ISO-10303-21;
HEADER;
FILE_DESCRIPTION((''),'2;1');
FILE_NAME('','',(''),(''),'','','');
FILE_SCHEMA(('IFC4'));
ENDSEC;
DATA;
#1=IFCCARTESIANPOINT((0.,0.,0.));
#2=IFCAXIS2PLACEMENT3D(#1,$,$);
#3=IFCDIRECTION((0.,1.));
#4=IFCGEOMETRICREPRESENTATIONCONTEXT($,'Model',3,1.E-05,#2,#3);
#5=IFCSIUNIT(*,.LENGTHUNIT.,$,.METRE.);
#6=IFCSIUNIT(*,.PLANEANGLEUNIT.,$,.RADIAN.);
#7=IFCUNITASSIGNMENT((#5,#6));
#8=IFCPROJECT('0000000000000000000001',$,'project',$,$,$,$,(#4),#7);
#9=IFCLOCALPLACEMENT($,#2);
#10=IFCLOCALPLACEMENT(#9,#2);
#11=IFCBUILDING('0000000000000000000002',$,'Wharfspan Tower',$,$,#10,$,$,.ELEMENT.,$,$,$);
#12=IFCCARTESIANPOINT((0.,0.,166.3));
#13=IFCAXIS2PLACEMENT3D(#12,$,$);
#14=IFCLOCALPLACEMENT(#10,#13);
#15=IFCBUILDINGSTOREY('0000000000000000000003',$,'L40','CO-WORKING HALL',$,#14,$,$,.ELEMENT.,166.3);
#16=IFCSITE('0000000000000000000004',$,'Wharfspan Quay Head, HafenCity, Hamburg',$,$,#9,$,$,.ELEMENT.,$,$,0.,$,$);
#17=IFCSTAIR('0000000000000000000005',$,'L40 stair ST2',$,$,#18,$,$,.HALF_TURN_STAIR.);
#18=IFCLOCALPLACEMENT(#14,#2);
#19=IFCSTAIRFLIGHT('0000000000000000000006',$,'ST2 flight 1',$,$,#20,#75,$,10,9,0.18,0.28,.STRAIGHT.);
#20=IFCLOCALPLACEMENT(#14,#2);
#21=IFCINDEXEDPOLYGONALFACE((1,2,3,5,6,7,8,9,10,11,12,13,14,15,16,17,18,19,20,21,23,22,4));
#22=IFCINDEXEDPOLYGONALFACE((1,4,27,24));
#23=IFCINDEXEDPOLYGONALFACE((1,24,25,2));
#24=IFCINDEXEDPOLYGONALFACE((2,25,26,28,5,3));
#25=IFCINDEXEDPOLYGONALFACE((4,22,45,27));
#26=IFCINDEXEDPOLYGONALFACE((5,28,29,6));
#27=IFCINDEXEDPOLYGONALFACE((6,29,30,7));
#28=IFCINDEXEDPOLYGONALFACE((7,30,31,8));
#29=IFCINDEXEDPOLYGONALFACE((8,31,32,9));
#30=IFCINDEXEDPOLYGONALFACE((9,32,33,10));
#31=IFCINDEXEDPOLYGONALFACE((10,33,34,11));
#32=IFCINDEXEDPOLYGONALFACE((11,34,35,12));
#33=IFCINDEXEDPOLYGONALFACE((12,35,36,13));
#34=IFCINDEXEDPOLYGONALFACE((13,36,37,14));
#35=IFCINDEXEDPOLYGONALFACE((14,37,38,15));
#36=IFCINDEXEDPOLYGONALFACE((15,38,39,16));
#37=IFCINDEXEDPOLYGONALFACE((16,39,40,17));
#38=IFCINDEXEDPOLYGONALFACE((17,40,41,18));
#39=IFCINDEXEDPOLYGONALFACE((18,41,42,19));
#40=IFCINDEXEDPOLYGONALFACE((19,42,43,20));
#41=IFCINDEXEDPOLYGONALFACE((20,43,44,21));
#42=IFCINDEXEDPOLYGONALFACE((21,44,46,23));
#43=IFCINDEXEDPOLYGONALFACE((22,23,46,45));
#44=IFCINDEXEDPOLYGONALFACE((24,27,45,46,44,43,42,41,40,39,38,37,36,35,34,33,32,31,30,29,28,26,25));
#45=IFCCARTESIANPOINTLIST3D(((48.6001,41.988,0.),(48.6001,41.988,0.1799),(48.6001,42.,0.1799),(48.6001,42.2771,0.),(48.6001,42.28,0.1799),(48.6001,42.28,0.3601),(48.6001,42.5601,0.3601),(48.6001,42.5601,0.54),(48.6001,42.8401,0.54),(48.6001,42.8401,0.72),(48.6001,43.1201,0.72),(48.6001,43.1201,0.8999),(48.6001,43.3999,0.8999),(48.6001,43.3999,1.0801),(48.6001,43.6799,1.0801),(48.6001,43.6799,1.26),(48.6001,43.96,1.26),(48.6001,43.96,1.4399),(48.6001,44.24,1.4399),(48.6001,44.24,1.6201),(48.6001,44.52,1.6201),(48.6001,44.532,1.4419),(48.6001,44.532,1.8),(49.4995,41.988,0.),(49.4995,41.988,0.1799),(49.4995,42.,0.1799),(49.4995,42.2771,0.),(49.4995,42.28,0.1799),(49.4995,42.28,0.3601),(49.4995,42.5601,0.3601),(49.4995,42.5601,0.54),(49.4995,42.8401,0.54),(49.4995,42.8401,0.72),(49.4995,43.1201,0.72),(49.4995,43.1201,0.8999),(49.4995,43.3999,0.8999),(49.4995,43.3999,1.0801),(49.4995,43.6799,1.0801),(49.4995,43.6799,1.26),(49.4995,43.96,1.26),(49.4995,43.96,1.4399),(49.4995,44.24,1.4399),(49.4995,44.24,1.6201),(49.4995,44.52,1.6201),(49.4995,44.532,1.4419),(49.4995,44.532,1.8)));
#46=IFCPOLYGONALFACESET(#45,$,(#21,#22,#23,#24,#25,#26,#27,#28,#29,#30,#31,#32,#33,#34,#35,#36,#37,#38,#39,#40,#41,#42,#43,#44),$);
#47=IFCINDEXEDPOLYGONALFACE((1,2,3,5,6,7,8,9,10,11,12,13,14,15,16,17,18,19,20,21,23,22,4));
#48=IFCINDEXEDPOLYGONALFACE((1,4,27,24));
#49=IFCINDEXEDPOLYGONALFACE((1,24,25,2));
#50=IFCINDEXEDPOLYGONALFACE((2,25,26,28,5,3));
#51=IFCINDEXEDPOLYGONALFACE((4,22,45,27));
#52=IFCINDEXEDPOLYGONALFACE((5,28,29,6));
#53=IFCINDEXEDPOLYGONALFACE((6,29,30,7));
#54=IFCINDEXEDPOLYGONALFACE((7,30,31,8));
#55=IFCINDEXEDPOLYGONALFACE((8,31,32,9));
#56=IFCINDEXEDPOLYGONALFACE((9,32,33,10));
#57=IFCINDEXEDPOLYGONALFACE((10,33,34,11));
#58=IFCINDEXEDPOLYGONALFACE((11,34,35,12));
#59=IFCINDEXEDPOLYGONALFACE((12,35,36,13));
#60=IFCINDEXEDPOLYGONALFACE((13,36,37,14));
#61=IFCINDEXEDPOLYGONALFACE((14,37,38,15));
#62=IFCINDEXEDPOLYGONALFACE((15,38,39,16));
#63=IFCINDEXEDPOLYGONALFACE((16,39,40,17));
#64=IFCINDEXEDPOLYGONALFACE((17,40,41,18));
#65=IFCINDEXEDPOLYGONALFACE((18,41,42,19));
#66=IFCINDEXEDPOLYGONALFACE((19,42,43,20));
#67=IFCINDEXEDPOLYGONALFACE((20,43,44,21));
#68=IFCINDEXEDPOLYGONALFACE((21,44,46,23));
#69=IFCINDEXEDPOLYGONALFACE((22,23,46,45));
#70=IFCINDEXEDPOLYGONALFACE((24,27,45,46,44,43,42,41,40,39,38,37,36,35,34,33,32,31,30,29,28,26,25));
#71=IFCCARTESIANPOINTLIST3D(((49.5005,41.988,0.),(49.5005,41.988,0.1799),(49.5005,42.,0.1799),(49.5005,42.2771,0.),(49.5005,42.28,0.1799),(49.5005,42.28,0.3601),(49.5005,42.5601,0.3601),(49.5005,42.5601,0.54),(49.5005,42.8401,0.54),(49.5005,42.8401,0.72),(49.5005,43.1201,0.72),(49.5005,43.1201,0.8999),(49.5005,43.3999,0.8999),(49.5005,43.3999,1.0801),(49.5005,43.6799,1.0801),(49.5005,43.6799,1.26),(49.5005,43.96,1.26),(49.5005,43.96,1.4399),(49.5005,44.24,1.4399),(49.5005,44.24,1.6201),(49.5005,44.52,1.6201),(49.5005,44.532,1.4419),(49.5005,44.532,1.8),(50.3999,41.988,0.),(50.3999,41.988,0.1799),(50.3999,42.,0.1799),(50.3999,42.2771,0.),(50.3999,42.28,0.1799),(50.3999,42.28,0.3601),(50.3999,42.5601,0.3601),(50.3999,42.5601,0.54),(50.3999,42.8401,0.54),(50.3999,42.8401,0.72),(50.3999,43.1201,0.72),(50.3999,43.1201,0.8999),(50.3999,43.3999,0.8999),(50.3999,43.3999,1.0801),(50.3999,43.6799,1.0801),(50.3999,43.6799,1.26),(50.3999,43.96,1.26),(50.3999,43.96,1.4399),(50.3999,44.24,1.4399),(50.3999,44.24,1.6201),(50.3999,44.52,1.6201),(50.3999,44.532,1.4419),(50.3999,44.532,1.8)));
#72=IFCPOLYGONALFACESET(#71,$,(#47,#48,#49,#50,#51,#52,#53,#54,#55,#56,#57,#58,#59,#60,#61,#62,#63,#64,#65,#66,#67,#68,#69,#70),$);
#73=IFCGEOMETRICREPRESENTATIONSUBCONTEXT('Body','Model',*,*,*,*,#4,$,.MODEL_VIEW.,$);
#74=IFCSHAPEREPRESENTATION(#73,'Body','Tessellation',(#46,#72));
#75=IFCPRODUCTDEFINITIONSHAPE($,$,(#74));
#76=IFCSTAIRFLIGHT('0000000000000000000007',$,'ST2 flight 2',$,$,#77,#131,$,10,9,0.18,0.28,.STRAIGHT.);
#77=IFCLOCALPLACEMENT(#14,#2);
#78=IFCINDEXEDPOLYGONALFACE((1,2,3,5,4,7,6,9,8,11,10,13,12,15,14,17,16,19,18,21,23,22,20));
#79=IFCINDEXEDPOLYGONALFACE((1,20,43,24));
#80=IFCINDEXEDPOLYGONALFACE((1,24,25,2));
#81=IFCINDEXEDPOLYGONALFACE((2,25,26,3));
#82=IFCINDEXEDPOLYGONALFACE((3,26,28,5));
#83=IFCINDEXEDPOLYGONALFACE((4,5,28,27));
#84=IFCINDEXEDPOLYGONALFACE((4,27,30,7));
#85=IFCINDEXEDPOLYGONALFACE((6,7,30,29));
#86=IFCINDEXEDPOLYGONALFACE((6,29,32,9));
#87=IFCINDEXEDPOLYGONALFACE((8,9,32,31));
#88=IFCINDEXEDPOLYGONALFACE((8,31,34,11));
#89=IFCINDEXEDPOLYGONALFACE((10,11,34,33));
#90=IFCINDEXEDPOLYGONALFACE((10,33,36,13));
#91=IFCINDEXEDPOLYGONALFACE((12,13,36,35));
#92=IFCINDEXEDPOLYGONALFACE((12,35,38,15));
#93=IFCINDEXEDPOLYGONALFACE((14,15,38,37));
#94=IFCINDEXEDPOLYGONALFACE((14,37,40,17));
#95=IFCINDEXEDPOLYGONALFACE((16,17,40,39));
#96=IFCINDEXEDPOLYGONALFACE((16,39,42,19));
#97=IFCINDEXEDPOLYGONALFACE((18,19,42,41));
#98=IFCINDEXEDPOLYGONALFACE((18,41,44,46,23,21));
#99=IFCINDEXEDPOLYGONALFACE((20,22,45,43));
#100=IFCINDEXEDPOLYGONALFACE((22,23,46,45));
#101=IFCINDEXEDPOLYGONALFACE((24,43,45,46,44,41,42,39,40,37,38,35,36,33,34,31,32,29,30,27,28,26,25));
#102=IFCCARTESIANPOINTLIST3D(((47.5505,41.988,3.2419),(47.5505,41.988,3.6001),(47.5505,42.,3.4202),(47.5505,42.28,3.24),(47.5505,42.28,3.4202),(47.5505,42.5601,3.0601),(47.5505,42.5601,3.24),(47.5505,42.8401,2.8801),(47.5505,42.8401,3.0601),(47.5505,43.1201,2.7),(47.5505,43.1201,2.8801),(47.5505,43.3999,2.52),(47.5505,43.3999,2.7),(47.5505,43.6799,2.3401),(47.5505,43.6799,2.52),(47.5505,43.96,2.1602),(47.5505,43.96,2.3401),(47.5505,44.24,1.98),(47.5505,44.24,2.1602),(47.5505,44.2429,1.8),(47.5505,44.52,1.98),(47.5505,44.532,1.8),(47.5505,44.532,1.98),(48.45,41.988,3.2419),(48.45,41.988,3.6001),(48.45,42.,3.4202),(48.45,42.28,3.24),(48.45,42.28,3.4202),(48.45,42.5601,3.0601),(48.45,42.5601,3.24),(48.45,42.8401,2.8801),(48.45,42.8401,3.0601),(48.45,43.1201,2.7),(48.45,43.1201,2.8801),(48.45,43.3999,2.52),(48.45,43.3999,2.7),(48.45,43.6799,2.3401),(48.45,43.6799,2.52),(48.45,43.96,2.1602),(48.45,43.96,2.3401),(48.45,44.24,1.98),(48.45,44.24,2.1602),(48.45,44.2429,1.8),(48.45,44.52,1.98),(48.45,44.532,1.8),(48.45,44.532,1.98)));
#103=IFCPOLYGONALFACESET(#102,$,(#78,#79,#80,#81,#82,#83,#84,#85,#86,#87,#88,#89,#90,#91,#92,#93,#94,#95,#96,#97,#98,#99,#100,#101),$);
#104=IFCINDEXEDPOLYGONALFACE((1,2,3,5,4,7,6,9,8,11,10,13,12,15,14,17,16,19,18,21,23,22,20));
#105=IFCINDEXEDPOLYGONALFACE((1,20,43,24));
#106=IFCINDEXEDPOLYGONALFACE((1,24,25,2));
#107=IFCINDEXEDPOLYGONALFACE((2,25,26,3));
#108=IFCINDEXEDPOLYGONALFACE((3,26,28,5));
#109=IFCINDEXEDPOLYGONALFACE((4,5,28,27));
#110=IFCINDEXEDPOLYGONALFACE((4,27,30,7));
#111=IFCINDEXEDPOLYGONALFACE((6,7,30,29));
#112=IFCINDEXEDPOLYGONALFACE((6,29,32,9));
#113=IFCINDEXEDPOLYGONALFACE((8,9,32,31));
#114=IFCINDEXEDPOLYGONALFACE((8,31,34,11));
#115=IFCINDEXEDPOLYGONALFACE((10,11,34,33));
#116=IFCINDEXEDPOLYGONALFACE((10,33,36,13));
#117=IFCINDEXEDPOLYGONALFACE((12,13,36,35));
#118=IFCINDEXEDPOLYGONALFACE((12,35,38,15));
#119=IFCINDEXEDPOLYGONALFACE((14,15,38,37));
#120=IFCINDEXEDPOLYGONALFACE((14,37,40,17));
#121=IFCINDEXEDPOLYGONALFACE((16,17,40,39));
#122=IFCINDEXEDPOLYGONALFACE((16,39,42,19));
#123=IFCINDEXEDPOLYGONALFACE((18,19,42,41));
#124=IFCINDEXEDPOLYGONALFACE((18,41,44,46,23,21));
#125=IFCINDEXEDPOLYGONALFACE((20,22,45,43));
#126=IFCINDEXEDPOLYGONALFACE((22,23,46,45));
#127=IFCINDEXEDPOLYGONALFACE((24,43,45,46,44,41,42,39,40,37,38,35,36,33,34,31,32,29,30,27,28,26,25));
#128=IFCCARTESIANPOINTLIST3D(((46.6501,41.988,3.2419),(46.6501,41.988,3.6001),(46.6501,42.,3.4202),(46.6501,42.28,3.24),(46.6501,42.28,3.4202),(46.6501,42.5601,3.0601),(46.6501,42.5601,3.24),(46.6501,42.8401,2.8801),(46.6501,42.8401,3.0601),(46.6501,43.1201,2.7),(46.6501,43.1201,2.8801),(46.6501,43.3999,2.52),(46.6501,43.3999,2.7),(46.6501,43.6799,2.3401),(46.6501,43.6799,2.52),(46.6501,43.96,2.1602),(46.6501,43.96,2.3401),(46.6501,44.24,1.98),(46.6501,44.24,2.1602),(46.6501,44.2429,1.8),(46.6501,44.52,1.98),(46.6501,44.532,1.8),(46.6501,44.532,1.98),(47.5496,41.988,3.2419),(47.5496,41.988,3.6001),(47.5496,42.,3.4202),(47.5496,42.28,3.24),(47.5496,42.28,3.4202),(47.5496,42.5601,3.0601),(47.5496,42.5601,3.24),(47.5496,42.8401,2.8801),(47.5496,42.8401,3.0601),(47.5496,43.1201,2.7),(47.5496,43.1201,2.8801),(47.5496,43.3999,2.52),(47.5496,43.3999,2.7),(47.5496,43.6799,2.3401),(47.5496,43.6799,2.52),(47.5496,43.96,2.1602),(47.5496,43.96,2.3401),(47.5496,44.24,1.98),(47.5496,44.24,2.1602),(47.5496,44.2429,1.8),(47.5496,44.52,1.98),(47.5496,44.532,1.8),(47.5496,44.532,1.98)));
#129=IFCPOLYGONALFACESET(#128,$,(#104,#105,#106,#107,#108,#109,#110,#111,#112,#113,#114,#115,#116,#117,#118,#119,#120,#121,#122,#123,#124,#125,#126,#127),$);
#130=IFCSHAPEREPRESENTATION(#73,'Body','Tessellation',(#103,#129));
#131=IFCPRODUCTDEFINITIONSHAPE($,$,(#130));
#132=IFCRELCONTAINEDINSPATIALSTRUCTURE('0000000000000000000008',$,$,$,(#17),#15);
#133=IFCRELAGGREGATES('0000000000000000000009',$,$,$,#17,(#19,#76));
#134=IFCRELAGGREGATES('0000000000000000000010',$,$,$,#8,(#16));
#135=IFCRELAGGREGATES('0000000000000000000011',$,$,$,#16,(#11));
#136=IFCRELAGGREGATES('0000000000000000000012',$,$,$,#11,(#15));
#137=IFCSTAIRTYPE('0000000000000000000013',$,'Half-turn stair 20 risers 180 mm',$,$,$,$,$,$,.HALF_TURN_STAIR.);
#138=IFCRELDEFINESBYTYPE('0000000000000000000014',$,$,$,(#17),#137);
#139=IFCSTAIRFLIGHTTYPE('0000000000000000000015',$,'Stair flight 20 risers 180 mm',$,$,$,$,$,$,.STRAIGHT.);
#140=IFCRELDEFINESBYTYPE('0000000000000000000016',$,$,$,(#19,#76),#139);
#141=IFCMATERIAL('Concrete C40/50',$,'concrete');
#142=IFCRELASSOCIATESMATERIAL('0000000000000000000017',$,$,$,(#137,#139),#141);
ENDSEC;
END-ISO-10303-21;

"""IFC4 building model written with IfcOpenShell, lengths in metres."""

from ifc_helpers import new_model, si_unit, direction, frame, origin, place, context, subcontext, project, spatial, polyline, outline, extrude, material, type_object, element, aggregate, save


model = new_model("IFC4")

# Units and contexts
model_context = context("Model", 3, precision=1e-05, world=origin(), true_north=direction((0.0, 1.0)))
body_context = subcontext(model_context, "Body", "Model", "MODEL_VIEW")
ifc_project = project(units=[si_unit("LENGTHUNIT", "METRE"), si_unit("PLANEANGLEUNIT", "RADIAN")], contexts=[model_context])

# Site, building, storey
site_placement = place(None, origin())
site = spatial("IfcSite", under=ifc_project, at=site_placement, Name="Wharfspan Quay Head, HafenCity, Hamburg", CompositionType="ELEMENT", RefElevation=0.0)
building_placement = place(site_placement, origin())
building = spatial("IfcBuilding", under=site, at=building_placement, Name="Wharfspan Tower", CompositionType="ELEMENT")
storey_placement = place(building_placement, frame((0.0, 0.0, 166.3)))
storey = spatial("IfcBuildingStorey", under=building, at=storey_placement, Name="L40", Description="CO-WORKING HALL", CompositionType="ELEMENT", Elevation=166.3)

# Shared definitions
ifc_material_1 = material(Name="Concrete C40/50", Category="concrete")

# Stair, stair flights
stair_type = type_object("IfcStairType", Name="Half-turn stair 20 risers 180 mm", PredefinedType="HALF_TURN_STAIR", material=ifc_material_1)
stair_placement = place(storey_placement, origin())
stair = element("IfcStair", 1, at=stair_placement, inside=storey, type_object=stair_type, Name="L40 stair ST2", PredefinedType="HALF_TURN_STAIR")
stair_flight_type = type_object("IfcStairFlightType", Name="Stair flight 20 risers 180 mm", PredefinedType="STRAIGHT", material=ifc_material_1)
stair_flight_1_placement = place(storey_placement, frame((49.5, 42.0, 0.0), z_axis=(0.0, 0.0, 1.0), x_axis=(0.0, 1.0, 0.0)))
stair_flight_1 = element("IfcStairFlight", 2, at=stair_flight_1_placement, type_object=stair_flight_type, Name="ST2 flight 1", NumberOfRisers=10, NumberOfTreads=9, PredefinedType="STRAIGHT", RiserHeight=0.18, TreadLength=0.28, context=body_context, shape_type="SweptSolid", body=[
    extrude(outline(polyline([(-0.012, 0.0), (-0.012, 0.1799), (0.0, 0.1799), (0.28, 0.1799), (0.28, 0.3601), (0.5601, 0.3601), (0.5601, 0.54), (0.8401, 0.54), (0.8401, 0.72), (1.1201, 0.72), (1.1201, 0.8999), (1.3999, 0.8999), (1.3999, 1.0801), (1.6799, 1.0801), (1.6799, 1.26), (1.96, 1.26), (1.96, 1.4399), (2.24, 1.4399), (2.24, 1.6201), (2.52, 1.6201), (2.532, 1.8), (2.532, 1.4419), (0.2771, 0.0), (-0.012, 0.0)])), frame((0.0, 0.8999, 0.0), z_axis=(0.0, -1.0, 0.0), x_axis=(1.0, 0.0, 0.0)), (0.0, 0.0, 1.0), 0.8994),
    extrude(outline(polyline([(-0.012, 0.0), (-0.012, 0.1799), (0.0, 0.1799), (0.28, 0.1799), (0.28, 0.3601), (0.5601, 0.3601), (0.5601, 0.54), (0.8401, 0.54), (0.8401, 0.72), (1.1201, 0.72), (1.1201, 0.8999), (1.3999, 0.8999), (1.3999, 1.0801), (1.6799, 1.0801), (1.6799, 1.26), (1.96, 1.26), (1.96, 1.4399), (2.24, 1.4399), (2.24, 1.6201), (2.52, 1.6201), (2.532, 1.8), (2.532, 1.4419), (0.2771, 0.0), (-0.012, 0.0)])), frame((0.0, -0.0005, 0.0), z_axis=(0.0, -1.0, 0.0), x_axis=(1.0, 0.0, 0.0)), (0.0, 0.0, 1.0), 0.8994),
])
stair_flight_2_placement = place(storey_placement, frame((47.55, 44.52, 1.8), z_axis=(0.0, 0.0, 1.0), x_axis=(0.0, -1.0, 0.0)))
stair_flight_2 = element("IfcStairFlight", 3, at=stair_flight_2_placement, type_object=stair_flight_type, Name="ST2 flight 2", NumberOfRisers=10, NumberOfTreads=9, PredefinedType="STRAIGHT", RiserHeight=0.18, TreadLength=0.28, context=body_context, shape_type="SweptSolid", body=[
    extrude(outline(polyline([(-0.012, 0.0), (-0.012, 0.1799), (0.0, 0.1799), (0.28, 0.1799), (0.28, 0.3601), (0.5601, 0.3601), (0.5601, 0.54), (0.8401, 0.54), (0.8401, 0.72), (1.1201, 0.72), (1.1201, 0.8999), (1.3999, 0.8999), (1.3999, 1.0801), (1.6799, 1.0801), (1.6799, 1.26), (1.96, 1.26), (1.96, 1.4399), (2.24, 1.4399), (2.24, 1.6201), (2.52, 1.6201), (2.532, 1.8), (2.532, 1.4419), (0.2771, 0.0), (-0.012, 0.0)])), frame((0.0, 0.8999, 0.0), z_axis=(0.0, -1.0, 0.0), x_axis=(1.0, 0.0, 0.0)), (0.0, 0.0, 1.0), 0.8994),
    extrude(outline(polyline([(-0.012, 0.0), (-0.012, 0.1799), (0.0, 0.1799), (0.28, 0.1799), (0.28, 0.3601), (0.5601, 0.3601), (0.5601, 0.54), (0.8401, 0.54), (0.8401, 0.72), (1.1201, 0.72), (1.1201, 0.8999), (1.3999, 0.8999), (1.3999, 1.0801), (1.6799, 1.0801), (1.6799, 1.26), (1.96, 1.26), (1.96, 1.4399), (2.24, 1.4399), (2.24, 1.6201), (2.52, 1.6201), (2.532, 1.8), (2.532, 1.4419), (0.2771, 0.0), (-0.012, 0.0)])), frame((0.0, -0.0005, 0.0), z_axis=(0.0, -1.0, 0.0), x_axis=(1.0, 0.0, 0.0)), (0.0, 0.0, 1.0), 0.8994),
])
aggregate(stair, [stair_flight_1, stair_flight_2])

save(model, "model.ifc")
